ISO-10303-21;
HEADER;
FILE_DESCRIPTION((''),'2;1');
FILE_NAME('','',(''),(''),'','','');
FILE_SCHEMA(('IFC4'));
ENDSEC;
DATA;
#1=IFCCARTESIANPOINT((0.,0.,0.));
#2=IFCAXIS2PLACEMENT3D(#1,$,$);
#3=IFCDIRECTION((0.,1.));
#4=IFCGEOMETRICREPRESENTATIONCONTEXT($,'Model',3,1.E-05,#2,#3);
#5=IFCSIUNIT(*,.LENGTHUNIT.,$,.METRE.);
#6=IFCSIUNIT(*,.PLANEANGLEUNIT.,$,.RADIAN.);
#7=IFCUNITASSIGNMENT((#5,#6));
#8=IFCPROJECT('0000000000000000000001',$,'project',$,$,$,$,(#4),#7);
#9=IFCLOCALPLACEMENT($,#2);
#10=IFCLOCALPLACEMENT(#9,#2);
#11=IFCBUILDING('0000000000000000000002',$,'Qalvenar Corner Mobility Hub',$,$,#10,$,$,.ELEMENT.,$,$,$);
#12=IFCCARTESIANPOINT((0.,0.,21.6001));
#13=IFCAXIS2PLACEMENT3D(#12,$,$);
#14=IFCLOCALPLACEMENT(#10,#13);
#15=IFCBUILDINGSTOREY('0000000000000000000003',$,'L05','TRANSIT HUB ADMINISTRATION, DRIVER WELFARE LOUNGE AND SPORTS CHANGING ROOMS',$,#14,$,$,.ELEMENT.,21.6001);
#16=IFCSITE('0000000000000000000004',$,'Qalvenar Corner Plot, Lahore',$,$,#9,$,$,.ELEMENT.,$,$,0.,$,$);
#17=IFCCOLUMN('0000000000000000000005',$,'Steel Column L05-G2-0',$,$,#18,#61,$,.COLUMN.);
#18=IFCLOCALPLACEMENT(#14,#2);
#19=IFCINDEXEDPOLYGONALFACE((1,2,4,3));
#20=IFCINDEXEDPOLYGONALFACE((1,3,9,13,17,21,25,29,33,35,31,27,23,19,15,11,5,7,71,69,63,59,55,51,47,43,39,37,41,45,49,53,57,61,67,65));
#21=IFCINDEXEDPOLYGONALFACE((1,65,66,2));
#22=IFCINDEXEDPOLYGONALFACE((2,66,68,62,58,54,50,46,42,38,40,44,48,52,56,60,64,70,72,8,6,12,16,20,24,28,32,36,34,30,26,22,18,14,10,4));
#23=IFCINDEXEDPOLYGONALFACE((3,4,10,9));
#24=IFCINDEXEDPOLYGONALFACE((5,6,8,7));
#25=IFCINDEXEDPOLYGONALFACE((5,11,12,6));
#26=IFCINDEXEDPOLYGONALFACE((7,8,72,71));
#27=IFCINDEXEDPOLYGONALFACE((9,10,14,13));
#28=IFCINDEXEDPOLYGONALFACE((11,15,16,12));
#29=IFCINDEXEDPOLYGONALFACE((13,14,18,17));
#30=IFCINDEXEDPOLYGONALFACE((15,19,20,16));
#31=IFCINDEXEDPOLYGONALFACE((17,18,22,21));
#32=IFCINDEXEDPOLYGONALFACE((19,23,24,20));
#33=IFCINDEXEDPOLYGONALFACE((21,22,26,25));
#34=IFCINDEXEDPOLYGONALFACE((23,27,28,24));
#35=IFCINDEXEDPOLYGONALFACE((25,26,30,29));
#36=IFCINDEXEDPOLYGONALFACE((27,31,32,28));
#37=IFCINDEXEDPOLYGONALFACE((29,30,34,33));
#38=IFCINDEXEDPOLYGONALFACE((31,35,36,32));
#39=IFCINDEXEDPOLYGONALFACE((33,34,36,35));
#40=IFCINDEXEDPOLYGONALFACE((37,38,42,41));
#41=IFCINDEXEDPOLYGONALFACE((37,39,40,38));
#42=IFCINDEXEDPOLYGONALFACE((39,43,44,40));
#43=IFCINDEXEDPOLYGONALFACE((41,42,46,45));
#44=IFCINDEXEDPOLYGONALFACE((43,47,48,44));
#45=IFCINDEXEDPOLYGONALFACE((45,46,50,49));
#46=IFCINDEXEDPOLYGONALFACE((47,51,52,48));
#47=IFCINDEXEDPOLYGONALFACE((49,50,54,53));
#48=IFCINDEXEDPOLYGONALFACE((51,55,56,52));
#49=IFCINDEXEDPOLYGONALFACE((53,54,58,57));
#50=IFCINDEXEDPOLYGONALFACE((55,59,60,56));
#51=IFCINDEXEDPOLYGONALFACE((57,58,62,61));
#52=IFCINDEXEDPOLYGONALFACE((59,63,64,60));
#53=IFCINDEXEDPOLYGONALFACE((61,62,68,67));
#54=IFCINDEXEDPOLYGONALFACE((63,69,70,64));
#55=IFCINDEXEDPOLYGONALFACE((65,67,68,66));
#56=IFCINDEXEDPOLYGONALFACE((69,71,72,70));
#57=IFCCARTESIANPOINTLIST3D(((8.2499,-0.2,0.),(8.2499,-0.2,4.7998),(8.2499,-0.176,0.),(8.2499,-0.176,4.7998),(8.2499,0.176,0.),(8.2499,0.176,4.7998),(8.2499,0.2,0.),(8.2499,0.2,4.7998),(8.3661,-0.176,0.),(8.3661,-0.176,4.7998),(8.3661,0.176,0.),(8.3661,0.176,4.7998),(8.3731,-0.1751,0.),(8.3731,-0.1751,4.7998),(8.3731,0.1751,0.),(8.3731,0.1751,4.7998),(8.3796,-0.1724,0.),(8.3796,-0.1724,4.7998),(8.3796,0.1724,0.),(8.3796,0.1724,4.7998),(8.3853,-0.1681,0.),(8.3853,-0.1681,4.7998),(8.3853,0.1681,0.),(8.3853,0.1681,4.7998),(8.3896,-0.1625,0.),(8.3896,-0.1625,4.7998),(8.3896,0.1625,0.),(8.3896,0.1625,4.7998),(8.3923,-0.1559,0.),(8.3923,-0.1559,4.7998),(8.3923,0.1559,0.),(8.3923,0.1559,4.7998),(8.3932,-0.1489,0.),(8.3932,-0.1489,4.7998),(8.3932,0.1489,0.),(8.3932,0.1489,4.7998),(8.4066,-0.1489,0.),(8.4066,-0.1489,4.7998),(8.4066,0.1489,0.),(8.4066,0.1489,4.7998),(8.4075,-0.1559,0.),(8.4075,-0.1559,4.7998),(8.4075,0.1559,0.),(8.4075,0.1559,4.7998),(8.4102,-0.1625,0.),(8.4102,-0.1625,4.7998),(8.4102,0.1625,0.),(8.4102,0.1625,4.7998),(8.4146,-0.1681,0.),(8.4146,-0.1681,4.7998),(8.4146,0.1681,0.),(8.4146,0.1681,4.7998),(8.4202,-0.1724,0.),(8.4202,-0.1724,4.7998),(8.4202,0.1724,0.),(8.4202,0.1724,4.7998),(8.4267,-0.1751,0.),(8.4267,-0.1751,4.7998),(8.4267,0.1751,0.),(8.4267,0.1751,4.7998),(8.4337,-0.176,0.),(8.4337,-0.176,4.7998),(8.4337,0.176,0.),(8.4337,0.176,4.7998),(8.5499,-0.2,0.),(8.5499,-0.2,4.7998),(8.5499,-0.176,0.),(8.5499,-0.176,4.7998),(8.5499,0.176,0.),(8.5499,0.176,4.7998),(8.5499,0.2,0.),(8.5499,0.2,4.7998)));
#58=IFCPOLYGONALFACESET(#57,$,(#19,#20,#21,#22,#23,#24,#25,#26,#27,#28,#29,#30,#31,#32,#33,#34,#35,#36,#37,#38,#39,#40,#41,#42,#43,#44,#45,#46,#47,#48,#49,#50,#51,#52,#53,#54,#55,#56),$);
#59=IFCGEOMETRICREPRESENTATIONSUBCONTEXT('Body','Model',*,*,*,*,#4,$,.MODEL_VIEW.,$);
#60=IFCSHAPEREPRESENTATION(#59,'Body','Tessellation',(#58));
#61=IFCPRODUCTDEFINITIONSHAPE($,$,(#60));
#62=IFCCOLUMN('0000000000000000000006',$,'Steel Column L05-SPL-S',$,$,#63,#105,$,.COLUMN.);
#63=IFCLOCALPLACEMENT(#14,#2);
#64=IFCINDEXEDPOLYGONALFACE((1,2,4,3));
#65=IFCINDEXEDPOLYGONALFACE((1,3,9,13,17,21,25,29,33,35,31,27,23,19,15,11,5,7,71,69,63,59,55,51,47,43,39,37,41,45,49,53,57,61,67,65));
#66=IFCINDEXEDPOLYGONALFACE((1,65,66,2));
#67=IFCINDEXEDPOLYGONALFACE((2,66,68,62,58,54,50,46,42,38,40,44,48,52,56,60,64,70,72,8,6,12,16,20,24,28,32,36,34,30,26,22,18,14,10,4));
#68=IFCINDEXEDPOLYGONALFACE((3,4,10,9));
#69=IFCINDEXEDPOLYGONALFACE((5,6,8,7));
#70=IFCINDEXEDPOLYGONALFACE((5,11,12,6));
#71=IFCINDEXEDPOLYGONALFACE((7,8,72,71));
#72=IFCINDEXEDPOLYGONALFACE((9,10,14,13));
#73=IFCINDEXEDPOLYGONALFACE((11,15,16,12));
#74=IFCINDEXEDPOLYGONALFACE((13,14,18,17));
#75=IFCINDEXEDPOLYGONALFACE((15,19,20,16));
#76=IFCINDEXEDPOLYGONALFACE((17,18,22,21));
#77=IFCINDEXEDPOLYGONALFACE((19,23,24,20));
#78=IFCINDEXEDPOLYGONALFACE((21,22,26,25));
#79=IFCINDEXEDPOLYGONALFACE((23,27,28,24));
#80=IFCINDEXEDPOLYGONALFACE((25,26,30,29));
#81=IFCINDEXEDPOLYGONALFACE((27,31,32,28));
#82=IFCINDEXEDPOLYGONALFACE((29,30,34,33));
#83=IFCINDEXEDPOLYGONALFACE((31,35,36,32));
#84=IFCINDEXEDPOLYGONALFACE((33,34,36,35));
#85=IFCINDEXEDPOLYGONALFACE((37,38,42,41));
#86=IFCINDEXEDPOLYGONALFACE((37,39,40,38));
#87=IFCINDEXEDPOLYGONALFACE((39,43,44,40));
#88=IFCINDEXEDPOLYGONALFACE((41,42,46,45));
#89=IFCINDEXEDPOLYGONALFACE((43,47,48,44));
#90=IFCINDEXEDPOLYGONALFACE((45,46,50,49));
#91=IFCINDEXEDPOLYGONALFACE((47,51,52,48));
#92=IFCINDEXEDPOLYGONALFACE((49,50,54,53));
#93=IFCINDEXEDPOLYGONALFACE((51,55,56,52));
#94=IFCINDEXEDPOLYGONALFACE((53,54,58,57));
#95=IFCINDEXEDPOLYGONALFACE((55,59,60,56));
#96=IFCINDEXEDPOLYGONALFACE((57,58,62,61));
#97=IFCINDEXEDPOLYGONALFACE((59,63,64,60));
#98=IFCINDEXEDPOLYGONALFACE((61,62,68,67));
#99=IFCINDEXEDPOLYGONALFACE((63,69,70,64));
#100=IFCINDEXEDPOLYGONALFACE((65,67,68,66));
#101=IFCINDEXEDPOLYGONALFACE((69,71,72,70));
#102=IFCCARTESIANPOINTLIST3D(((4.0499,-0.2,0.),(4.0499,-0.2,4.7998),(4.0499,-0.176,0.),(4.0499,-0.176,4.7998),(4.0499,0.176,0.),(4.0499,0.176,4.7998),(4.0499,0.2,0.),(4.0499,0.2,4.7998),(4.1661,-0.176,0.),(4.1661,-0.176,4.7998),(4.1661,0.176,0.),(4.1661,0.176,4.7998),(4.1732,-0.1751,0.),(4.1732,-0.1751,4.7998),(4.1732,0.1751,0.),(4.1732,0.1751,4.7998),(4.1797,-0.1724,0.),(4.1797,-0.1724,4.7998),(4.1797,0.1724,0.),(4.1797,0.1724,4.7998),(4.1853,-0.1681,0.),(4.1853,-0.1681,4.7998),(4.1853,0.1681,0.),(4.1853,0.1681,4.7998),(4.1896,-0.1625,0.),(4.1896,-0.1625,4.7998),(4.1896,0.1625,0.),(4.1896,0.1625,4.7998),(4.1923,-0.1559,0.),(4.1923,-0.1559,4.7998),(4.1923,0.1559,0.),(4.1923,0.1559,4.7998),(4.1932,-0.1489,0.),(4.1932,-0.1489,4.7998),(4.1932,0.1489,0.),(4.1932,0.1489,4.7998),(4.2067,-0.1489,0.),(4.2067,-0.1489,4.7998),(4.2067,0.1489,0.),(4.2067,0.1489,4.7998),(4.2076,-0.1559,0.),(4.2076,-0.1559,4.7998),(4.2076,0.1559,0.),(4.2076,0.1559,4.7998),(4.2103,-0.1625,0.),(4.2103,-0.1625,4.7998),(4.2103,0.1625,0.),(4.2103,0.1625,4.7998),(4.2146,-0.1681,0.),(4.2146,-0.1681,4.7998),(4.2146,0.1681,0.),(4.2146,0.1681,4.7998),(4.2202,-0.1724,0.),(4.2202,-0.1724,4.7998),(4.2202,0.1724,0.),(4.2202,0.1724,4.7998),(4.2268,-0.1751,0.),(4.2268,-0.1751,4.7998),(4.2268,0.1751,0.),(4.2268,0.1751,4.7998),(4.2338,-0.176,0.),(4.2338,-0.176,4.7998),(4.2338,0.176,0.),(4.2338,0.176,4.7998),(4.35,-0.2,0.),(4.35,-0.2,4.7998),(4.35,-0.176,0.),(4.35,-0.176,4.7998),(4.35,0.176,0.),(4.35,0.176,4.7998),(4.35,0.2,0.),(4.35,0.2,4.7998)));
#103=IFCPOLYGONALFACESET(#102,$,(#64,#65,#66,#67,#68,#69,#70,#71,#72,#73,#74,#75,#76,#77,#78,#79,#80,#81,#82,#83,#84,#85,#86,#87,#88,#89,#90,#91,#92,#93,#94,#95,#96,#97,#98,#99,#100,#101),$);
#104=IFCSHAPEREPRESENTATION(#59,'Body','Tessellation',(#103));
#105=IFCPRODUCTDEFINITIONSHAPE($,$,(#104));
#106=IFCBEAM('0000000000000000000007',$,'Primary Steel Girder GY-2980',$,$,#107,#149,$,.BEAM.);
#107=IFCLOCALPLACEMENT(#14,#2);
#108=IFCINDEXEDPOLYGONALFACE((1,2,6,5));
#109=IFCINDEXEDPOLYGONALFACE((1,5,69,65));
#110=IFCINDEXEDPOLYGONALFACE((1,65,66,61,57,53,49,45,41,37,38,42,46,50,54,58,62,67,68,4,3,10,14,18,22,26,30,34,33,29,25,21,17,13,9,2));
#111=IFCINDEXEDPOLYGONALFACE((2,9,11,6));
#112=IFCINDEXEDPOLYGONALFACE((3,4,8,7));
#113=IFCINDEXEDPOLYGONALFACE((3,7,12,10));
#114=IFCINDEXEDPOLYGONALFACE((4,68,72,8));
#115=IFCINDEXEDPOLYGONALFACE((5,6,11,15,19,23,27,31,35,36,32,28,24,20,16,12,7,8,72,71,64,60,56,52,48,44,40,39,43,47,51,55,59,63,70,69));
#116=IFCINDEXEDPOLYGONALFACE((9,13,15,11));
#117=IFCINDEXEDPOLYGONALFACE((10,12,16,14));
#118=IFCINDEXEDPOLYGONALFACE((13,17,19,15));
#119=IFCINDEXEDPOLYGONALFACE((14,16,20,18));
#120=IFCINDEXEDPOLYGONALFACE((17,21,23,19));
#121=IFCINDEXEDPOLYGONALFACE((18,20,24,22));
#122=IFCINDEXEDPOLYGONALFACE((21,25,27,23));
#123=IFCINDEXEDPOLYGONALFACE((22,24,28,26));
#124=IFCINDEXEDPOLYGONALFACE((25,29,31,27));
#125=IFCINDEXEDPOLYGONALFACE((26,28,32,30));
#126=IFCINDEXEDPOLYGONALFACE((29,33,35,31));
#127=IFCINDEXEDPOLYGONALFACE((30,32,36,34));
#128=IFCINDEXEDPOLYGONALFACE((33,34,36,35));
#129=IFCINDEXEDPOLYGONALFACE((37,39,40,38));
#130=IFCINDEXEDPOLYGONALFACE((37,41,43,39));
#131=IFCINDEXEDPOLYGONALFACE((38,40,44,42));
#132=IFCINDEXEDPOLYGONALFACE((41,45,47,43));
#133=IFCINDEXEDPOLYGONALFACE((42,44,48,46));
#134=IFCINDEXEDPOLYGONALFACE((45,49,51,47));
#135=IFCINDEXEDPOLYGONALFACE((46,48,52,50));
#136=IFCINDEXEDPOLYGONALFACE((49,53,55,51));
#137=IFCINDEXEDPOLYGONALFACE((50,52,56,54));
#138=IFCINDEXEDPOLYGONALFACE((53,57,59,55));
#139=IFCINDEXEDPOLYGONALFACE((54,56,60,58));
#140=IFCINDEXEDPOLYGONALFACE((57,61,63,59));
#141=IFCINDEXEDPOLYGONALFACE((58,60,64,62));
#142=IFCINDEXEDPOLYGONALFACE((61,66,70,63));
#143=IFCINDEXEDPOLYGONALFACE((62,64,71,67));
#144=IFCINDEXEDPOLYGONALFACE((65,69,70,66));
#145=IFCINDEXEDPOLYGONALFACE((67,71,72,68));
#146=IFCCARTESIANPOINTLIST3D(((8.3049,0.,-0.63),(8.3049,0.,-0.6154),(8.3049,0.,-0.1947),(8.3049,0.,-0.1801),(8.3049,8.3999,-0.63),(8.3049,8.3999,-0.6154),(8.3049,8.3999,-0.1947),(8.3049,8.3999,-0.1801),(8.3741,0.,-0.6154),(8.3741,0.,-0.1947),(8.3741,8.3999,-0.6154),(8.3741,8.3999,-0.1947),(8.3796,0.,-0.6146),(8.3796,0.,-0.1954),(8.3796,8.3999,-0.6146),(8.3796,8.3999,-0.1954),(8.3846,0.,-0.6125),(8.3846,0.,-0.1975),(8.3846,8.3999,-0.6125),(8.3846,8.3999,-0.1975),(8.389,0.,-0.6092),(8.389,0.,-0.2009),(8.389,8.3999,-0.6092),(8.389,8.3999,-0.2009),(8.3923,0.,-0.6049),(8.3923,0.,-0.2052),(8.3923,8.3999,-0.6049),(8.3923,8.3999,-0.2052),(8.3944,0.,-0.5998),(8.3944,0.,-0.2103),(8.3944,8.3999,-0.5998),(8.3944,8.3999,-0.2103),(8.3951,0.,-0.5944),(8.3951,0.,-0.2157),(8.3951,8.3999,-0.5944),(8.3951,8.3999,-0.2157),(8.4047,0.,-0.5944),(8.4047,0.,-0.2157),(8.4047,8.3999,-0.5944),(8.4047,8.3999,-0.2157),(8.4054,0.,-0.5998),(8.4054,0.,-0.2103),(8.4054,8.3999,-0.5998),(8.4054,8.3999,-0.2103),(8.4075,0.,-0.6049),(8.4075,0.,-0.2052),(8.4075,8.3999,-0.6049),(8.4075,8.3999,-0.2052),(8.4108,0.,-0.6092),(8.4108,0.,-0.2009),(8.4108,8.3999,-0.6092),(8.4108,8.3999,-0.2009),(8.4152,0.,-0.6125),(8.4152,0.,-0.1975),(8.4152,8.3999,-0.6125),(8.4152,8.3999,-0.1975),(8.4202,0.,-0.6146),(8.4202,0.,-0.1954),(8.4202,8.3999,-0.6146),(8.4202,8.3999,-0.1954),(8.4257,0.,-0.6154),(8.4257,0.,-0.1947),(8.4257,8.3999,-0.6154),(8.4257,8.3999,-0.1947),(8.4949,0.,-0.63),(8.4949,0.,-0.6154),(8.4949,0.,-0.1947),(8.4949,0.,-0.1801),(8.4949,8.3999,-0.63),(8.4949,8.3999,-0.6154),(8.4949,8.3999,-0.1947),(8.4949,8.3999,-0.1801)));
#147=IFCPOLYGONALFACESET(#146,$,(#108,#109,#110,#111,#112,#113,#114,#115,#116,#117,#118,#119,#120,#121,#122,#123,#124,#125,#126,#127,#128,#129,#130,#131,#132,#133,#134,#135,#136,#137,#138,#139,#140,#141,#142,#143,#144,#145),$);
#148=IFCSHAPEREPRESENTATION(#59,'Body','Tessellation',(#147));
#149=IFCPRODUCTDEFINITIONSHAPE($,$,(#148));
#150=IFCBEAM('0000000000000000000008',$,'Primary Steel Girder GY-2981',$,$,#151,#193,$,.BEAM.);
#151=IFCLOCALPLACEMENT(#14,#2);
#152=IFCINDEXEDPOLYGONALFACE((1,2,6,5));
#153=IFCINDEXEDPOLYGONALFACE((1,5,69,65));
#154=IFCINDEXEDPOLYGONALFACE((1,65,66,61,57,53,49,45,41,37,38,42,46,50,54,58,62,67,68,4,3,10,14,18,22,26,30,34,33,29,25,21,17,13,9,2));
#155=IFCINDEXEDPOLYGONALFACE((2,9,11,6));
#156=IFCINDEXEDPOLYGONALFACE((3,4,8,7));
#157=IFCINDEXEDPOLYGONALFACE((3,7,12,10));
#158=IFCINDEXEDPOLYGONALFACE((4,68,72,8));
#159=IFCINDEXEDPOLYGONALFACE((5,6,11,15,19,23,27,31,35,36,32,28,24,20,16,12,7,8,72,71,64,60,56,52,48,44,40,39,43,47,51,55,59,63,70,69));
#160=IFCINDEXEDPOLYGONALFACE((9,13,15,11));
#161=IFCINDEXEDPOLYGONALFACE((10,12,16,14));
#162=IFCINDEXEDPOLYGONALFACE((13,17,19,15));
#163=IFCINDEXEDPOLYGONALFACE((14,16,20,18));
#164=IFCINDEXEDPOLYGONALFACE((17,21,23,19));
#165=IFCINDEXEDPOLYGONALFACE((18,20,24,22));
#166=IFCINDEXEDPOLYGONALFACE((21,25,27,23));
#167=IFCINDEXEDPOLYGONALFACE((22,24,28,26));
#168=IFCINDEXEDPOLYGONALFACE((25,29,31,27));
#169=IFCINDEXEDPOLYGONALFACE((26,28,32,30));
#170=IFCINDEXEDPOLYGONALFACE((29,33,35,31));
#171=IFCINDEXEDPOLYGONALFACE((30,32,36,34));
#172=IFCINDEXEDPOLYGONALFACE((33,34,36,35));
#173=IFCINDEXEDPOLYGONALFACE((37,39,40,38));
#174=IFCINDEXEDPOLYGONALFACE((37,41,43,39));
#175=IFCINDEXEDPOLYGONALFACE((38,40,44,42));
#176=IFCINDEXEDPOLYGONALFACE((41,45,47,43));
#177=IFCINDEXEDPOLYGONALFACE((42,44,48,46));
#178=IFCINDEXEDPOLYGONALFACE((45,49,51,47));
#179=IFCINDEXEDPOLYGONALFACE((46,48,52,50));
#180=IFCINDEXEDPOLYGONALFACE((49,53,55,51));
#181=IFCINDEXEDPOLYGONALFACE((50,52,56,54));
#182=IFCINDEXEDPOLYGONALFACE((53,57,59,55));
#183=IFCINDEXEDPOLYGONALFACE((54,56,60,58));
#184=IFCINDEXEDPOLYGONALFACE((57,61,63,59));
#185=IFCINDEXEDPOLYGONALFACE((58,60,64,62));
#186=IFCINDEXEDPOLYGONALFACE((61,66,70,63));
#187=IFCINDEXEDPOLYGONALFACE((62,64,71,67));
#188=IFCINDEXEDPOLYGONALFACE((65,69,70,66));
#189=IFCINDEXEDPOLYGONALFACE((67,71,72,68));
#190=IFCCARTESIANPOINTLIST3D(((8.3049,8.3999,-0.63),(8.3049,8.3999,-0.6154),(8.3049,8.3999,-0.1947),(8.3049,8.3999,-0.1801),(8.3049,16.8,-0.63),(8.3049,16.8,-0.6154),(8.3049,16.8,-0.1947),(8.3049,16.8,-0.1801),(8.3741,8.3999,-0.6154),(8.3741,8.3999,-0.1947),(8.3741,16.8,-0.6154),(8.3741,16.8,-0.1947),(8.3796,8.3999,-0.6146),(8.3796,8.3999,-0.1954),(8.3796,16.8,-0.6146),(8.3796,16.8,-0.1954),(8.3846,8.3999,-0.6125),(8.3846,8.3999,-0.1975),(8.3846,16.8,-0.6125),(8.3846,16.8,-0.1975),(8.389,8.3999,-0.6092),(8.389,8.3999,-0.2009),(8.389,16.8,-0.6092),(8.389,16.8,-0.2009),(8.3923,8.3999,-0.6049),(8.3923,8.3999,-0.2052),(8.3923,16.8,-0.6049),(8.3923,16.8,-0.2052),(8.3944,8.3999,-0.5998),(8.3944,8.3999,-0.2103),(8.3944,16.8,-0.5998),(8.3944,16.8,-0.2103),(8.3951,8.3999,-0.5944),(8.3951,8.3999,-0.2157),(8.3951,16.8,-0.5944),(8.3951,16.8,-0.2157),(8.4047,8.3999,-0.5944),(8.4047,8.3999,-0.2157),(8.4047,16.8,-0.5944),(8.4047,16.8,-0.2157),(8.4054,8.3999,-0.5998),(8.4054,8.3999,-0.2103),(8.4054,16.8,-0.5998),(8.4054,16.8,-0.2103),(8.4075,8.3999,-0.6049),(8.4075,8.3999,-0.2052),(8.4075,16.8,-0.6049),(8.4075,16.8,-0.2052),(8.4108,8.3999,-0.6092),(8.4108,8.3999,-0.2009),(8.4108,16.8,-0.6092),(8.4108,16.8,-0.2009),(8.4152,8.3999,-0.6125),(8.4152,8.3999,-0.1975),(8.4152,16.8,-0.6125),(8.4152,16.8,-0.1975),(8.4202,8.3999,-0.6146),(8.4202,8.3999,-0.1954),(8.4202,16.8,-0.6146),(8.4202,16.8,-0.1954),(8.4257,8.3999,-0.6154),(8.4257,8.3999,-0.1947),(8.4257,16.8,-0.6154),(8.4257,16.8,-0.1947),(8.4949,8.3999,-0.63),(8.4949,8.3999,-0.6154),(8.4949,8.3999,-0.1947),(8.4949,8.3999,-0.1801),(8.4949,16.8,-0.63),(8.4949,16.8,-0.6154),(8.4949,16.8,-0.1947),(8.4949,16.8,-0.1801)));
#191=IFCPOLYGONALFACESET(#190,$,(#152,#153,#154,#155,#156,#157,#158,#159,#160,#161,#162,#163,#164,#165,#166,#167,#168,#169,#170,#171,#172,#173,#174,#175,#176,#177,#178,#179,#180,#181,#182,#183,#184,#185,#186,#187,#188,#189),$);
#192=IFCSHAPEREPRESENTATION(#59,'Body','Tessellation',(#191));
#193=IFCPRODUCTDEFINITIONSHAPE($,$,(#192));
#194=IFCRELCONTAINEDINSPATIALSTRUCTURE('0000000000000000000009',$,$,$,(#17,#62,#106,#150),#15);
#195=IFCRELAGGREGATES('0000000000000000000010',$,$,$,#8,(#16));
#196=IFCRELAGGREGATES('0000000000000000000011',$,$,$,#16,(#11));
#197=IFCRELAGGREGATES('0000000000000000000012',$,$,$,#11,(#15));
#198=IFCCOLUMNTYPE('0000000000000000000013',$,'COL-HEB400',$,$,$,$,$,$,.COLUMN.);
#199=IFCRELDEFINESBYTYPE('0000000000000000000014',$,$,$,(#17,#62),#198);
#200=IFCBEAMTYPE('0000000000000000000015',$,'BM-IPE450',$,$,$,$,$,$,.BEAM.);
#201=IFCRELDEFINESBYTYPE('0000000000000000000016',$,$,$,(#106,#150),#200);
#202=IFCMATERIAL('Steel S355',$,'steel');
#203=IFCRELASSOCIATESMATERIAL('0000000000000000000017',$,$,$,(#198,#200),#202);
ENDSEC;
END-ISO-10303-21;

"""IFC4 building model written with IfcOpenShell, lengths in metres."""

from ifc_helpers import new_model, si_unit, direction, frame, origin, origin_2d, place, context, subcontext, project, spatial, i_section, extrude, material, material_profile, profile_set, type_object, element, save


model = new_model("IFC4")

# Units and contexts
model_context = context("Model", 3, precision=1e-05, world=origin(), true_north=direction((0.0, 1.0)))
body_context = subcontext(model_context, "Body", "Model", "MODEL_VIEW")
ifc_project = project(units=[si_unit("LENGTHUNIT", "METRE"), si_unit("PLANEANGLEUNIT", "RADIAN")], contexts=[model_context])

# Site, building, storey
site_placement = place(None, origin())
site = spatial("IfcSite", under=ifc_project, at=site_placement, Name="Qalvenar Corner Plot, Lahore", CompositionType="ELEMENT", RefElevation=0.0)
building_placement = place(site_placement, origin())
building = spatial("IfcBuilding", under=site, at=building_placement, Name="Qalvenar Corner Mobility Hub", CompositionType="ELEMENT")
storey_placement = place(building_placement, frame((0.0, 0.0, 21.6001)))
storey = spatial("IfcBuildingStorey", under=building, at=storey_placement, Name="L05", Description="TRANSIT HUB ADMINISTRATION, DRIVER WELFARE LOUNGE AND SPORTS CHANGING ROOMS", CompositionType="ELEMENT", Elevation=21.6001)

# Columns
ifc_material_1 = material(Name="Steel S355", Category="steel")
ifc_material_profile_1 = material_profile(ifc_material_1, i_section(OverallWidth=0.3, OverallDepth=0.3999, WebThickness=0.0134, FlangeThickness=0.0239, FilletRadius=0.0271, at=origin_2d()), Name="HEB400")
ifc_profile_set_1 = profile_set([ifc_material_profile_1], Name="Steel S355")
column_type = type_object("IfcColumnType", Name="COL-HEB400", PredefinedType="COLUMN", material=ifc_profile_set_1)
for number, where, z_axis, x_axis, name in (
    (1, (8.3999, 0.0, 0.0), (0.0, 0.0, 1.0), (1.0, 0.0, 0.0), "Steel Column L05-G2-0"),
    (2, (4.2, 0.0, 0.0), (0.0, 0.0, 1.0), (1.0, 0.0, 0.0), "Steel Column L05-SPL-S"),
):
    element("IfcColumn", number, at=place(storey_placement, frame(where, z_axis=z_axis, x_axis=x_axis)), inside=storey, type_object=column_type, Name=name, PredefinedType="COLUMN", context=body_context, shape_type="SweptSolid", body=[
        extrude(i_section(OverallWidth=0.3, OverallDepth=0.3999, WebThickness=0.0134, FlangeThickness=0.0239, FilletRadius=0.0271, at=origin_2d()), origin(), (0.0, 0.0, 1.0), 4.7998),
    ])

# Beams
ifc_material_profile_2 = material_profile(ifc_material_1, i_section(OverallWidth=0.1899, OverallDepth=0.45, WebThickness=0.0095, FlangeThickness=0.0146, FilletRadius=0.021, at=origin_2d()), Name="IPE450")
ifc_profile_set_2 = profile_set([ifc_material_profile_2], Name="Steel S355")
beam_type_1 = type_object("IfcBeamType", Name="BM-IPE450", PredefinedType="BEAM", material=ifc_profile_set_2)
beam_1_placement = place(storey_placement, frame((8.3999, 0.0, -0.405), z_axis=(0.0, 1.0, 0.0), x_axis=(-1.0, 0.0, 0.0)))
element("IfcBeam", 3, at=beam_1_placement, inside=storey, type_object=beam_type_1, Name="Primary Steel Girder GY-2980", PredefinedType="BEAM", context=body_context, shape_type="SweptSolid", body=[
    extrude(i_section(OverallWidth=0.1899, OverallDepth=0.45, WebThickness=0.0095, FlangeThickness=0.0146, FilletRadius=0.021, at=origin_2d()), origin(), (0.0, 0.0, 1.0), 8.3999),
])
beam_2_placement = place(storey_placement, frame((8.3999, 8.3999, -0.405), z_axis=(0.0, 1.0, 0.0), x_axis=(-1.0, 0.0, 0.0)))
element("IfcBeam", 4, at=beam_2_placement, inside=storey, type_object=beam_type_1, Name="Primary Steel Girder GY-2981", PredefinedType="BEAM", context=body_context, shape_type="SweptSolid", body=[
    extrude(i_section(OverallWidth=0.1899, OverallDepth=0.45, WebThickness=0.0095, FlangeThickness=0.0146, FilletRadius=0.021, at=origin_2d()), origin(), (0.0, 0.0, 1.0), 8.4001),
])

save(model, "model.ifc")
